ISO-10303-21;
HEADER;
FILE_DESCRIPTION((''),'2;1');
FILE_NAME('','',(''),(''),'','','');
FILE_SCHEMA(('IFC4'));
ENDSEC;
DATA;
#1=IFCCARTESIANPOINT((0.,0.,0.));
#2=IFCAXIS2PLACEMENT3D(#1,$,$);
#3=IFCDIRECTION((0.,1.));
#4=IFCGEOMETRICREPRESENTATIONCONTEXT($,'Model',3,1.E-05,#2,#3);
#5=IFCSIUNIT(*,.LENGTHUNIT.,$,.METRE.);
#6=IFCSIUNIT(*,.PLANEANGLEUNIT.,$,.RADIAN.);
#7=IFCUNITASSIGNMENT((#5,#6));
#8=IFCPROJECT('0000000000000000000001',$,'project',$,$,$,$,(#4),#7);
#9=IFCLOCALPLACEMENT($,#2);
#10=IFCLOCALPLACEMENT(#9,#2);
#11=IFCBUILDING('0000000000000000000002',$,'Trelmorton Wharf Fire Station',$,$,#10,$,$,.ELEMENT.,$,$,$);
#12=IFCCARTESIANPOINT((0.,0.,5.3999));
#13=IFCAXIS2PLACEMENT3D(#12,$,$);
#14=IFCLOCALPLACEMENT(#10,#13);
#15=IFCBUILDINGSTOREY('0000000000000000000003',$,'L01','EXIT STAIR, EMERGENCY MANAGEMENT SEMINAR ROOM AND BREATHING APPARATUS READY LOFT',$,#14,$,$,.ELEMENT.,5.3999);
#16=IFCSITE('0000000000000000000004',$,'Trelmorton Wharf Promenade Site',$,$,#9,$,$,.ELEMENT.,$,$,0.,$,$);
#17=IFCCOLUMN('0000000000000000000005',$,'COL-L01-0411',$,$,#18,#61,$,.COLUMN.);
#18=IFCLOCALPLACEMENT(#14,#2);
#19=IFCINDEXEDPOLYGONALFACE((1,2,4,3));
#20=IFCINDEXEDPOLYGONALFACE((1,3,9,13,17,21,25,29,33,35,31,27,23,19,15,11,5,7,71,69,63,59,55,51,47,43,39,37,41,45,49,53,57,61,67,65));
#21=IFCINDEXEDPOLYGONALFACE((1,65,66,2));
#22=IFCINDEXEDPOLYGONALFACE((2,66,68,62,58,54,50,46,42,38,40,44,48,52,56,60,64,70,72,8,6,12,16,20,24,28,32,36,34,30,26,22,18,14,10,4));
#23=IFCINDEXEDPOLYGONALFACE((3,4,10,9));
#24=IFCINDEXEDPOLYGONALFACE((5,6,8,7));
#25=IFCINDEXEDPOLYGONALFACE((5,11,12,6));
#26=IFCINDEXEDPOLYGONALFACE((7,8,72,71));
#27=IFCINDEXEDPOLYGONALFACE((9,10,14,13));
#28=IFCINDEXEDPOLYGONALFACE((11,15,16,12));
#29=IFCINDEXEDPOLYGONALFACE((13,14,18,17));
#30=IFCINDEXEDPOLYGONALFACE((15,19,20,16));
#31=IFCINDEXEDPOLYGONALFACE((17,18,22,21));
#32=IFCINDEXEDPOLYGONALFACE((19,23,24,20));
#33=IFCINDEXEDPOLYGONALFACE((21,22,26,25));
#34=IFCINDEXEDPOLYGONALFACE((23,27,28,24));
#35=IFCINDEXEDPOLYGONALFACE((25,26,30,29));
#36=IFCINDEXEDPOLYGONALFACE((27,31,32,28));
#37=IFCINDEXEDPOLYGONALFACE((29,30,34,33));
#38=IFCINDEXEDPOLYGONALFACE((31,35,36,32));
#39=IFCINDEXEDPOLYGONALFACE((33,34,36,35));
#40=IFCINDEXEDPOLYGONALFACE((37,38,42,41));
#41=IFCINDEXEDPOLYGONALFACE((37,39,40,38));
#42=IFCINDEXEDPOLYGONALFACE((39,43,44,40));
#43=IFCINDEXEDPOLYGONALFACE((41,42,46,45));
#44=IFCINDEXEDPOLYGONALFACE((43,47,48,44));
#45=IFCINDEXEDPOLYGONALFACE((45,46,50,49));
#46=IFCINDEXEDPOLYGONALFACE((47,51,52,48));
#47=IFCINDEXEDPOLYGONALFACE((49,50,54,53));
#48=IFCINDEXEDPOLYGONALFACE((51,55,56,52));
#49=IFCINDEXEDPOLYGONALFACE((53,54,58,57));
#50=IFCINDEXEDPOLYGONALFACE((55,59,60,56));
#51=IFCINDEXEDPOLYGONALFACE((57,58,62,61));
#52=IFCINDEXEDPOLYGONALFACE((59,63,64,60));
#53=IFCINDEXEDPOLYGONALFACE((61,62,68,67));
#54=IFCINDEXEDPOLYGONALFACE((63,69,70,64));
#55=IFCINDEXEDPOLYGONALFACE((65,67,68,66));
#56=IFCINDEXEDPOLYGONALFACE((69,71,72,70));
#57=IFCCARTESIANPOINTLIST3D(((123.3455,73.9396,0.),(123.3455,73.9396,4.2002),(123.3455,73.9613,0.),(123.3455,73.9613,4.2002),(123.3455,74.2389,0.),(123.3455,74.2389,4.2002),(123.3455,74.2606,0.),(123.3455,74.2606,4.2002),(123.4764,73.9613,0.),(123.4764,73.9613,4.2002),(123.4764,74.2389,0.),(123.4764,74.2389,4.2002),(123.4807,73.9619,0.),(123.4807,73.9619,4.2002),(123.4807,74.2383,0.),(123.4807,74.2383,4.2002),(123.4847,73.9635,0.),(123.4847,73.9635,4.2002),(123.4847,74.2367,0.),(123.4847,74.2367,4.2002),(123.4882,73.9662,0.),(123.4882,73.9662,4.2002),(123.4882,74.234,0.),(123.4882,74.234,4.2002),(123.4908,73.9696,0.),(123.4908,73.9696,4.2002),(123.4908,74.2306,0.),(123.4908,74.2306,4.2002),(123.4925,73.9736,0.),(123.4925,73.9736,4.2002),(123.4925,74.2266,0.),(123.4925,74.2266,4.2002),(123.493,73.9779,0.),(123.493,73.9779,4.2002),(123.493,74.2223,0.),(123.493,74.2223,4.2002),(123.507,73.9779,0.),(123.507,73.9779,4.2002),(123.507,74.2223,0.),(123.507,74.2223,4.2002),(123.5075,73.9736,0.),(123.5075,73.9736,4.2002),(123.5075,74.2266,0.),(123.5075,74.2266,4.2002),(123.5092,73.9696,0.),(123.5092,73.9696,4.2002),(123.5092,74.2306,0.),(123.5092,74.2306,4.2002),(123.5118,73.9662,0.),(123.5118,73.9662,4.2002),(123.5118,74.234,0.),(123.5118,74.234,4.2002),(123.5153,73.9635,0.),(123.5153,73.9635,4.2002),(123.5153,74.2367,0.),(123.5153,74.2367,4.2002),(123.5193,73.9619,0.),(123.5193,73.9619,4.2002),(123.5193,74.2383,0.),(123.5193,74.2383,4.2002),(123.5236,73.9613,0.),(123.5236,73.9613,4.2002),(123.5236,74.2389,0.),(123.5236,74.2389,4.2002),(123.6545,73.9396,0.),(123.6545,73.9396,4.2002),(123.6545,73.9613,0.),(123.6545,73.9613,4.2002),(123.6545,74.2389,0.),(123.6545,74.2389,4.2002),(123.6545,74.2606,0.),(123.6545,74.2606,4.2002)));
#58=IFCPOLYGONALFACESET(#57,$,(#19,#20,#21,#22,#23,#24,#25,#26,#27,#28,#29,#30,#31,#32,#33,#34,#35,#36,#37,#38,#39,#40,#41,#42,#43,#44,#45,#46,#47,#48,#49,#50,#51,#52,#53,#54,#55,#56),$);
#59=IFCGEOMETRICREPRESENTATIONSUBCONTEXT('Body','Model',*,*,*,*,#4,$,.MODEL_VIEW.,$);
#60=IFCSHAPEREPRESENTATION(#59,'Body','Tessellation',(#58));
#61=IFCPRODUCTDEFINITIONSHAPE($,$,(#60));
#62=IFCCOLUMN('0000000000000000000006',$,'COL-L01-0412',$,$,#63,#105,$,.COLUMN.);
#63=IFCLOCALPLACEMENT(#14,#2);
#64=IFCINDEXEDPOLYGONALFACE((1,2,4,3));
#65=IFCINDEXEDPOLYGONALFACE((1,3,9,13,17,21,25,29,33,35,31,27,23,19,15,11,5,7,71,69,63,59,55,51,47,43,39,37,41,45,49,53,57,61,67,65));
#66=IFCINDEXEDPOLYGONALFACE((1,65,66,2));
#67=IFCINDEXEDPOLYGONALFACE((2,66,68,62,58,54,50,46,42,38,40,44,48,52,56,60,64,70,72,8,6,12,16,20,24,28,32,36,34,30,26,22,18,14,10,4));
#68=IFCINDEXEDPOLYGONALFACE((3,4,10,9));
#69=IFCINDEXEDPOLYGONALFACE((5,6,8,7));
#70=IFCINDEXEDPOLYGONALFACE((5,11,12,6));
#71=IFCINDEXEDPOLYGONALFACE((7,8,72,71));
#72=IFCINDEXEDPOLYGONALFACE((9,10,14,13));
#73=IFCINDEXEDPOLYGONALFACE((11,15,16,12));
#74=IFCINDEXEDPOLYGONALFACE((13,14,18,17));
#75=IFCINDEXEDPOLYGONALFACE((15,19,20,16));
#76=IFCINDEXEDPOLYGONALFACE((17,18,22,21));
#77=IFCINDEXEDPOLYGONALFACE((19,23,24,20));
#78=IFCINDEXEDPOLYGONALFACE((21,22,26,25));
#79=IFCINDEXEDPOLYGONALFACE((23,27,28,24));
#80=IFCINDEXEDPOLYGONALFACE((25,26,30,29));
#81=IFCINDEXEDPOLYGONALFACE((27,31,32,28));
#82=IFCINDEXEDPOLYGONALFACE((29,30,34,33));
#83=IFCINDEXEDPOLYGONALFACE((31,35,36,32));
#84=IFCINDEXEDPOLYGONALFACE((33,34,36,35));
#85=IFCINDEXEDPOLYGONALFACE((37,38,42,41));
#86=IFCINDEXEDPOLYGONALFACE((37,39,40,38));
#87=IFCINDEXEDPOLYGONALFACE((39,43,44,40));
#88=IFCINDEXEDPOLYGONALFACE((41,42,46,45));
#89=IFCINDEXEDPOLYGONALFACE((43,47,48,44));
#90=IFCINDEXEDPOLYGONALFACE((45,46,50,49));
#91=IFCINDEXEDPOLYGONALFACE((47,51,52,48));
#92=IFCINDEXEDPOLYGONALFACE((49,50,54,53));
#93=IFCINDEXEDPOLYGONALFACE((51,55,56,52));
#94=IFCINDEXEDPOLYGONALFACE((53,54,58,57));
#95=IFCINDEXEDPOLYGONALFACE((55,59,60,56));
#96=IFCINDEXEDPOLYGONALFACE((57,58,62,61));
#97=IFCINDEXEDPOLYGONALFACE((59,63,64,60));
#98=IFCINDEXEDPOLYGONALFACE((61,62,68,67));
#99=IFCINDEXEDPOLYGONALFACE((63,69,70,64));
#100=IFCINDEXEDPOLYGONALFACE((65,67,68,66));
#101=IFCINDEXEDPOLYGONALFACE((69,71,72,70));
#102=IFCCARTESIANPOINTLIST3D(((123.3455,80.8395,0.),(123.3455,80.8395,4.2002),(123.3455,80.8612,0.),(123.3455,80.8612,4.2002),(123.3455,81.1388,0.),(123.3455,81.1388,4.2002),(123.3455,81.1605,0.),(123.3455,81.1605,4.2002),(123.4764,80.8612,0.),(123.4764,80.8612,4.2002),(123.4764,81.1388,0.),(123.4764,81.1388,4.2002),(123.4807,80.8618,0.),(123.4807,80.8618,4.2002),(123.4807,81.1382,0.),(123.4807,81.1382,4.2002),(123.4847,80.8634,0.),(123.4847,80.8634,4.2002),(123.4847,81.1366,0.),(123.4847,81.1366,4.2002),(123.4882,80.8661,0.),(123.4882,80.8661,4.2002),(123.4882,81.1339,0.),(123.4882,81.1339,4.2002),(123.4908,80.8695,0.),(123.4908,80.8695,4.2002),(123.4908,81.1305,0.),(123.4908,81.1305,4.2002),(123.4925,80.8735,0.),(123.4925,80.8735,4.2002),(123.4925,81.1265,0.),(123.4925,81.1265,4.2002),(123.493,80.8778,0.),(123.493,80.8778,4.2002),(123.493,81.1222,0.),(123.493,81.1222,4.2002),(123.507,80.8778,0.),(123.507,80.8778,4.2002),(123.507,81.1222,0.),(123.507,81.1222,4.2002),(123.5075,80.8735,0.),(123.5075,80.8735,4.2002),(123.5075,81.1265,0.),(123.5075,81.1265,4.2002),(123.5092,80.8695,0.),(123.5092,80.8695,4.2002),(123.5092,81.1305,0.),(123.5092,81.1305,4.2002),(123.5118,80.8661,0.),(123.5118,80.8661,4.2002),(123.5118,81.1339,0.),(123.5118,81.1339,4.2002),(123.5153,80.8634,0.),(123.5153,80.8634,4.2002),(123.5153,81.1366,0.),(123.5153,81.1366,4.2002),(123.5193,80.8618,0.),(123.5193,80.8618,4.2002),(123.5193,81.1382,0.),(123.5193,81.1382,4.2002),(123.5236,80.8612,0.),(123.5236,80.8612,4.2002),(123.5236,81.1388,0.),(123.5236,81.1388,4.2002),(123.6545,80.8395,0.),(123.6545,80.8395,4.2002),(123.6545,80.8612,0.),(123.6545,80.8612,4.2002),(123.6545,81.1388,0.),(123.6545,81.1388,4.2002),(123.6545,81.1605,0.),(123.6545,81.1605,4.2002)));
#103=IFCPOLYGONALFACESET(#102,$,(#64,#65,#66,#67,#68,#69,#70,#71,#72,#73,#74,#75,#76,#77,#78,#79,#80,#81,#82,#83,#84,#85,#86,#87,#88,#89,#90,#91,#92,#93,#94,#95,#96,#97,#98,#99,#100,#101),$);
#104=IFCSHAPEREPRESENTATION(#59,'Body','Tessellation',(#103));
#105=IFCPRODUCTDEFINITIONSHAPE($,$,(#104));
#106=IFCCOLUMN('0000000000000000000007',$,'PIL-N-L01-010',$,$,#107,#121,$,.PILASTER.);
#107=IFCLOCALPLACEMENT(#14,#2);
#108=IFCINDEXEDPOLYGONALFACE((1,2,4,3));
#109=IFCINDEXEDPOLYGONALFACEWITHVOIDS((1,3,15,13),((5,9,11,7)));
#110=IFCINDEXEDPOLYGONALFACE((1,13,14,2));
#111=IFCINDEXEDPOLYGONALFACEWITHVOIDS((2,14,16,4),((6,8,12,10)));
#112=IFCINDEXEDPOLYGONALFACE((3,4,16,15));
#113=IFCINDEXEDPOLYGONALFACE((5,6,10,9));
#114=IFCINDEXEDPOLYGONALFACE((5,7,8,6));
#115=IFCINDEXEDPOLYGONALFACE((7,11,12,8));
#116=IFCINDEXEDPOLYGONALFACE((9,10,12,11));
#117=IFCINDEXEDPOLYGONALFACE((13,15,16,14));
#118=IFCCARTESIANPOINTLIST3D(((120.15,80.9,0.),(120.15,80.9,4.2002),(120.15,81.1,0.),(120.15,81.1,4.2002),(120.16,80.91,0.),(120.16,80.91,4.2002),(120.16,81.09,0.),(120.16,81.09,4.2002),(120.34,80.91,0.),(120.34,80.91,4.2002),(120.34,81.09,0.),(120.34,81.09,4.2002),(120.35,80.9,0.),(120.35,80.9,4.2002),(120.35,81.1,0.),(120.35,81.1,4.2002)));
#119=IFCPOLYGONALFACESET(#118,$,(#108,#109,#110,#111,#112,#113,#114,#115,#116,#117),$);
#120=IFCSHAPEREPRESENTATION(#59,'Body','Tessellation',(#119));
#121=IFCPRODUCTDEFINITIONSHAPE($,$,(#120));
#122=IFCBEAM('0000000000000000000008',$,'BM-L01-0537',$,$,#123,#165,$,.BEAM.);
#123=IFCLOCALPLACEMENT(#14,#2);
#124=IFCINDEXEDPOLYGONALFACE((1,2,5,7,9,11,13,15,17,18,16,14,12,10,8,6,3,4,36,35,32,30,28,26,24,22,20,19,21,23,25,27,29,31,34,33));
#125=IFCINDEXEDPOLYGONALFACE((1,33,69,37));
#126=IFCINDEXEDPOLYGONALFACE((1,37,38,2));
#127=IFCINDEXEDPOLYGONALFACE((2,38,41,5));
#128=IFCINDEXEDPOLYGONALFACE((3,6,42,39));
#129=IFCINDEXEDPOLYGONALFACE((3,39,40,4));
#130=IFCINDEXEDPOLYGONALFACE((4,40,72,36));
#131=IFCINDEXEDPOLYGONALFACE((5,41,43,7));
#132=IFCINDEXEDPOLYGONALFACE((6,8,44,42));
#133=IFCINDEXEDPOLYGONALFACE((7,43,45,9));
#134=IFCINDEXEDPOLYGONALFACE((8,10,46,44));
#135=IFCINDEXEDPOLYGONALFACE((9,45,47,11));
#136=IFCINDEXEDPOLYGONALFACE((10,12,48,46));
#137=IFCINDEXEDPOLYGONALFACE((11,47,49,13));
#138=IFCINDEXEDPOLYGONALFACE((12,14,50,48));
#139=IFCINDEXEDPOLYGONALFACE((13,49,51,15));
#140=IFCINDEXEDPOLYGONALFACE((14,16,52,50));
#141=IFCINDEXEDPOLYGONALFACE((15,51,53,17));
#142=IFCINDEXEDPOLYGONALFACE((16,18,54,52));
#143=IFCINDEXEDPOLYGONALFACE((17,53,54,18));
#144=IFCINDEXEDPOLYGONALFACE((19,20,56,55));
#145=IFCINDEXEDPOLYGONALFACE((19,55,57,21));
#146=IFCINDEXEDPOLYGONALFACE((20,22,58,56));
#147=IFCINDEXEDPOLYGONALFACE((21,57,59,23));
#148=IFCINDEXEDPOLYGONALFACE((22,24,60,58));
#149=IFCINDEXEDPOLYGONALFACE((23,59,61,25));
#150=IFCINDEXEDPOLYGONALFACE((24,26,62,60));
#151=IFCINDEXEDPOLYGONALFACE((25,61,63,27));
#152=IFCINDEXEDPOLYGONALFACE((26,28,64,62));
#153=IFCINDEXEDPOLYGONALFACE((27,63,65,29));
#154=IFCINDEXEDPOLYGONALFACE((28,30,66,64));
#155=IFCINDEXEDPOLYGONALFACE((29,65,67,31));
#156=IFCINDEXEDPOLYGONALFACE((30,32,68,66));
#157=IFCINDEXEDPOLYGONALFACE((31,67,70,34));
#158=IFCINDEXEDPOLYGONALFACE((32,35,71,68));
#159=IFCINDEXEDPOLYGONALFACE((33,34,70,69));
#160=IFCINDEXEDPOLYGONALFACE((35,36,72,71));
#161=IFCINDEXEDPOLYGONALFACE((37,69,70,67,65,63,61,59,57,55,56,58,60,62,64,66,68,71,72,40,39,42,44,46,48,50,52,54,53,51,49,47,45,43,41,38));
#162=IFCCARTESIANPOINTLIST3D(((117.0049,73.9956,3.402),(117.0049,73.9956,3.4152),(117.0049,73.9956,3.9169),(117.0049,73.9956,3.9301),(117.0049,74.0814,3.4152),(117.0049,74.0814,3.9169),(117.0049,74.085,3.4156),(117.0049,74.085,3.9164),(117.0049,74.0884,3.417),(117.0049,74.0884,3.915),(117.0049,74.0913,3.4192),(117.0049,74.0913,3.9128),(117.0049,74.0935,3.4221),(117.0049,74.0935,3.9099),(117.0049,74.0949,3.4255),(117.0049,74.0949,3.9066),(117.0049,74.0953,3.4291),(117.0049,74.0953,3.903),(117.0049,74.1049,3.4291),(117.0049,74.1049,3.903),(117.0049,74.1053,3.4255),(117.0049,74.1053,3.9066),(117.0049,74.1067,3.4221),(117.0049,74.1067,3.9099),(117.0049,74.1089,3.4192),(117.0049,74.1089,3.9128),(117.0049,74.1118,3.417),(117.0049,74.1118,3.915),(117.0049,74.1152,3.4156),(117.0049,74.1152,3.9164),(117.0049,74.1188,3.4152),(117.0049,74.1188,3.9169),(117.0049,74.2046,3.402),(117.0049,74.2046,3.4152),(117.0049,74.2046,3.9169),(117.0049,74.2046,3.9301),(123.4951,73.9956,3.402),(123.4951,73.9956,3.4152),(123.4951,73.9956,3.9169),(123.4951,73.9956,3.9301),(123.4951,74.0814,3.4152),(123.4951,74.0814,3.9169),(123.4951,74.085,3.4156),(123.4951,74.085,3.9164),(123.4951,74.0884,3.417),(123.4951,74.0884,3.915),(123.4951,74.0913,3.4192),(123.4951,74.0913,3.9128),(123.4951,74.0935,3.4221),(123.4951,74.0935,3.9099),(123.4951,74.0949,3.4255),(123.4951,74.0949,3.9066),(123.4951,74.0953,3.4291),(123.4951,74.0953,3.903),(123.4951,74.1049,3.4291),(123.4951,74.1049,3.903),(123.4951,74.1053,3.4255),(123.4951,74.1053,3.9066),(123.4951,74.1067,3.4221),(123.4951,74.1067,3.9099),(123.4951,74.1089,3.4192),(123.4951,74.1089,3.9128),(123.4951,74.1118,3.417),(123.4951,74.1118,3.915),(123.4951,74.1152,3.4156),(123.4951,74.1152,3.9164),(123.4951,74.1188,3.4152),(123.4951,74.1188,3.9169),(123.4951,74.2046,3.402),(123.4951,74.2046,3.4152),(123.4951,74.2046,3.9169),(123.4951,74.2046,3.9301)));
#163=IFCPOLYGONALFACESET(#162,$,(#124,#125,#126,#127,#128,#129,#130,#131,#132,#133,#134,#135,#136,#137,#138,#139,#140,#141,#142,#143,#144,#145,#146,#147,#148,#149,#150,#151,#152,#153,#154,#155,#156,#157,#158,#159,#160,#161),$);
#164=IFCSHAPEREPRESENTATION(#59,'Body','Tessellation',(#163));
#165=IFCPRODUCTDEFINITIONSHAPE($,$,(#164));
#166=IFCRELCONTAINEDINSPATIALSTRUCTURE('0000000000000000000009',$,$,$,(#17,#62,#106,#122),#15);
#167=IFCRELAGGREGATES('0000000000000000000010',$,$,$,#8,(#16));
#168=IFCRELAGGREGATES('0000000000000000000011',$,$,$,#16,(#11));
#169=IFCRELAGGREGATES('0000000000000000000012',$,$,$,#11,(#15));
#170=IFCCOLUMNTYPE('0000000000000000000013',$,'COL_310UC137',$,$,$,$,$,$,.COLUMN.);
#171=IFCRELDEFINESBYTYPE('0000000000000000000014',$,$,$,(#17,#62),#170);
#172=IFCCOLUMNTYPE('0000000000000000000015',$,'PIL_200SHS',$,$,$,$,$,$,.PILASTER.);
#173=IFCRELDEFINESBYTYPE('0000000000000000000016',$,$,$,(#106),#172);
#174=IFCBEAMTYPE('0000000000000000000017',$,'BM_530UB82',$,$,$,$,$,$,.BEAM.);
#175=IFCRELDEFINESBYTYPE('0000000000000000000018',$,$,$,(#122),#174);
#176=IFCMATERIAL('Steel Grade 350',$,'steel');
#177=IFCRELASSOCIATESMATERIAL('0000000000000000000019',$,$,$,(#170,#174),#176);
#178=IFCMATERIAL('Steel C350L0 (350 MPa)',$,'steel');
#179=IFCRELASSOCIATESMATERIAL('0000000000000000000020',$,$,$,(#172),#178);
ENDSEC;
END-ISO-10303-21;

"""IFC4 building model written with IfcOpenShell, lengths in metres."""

from ifc_helpers import new_model, si_unit, direction, frame, origin, origin_2d, place, context, subcontext, project, spatial, hollow_rectangle, i_section, extrude, material, material_profile, profile_set, type_object, element, save


model = new_model("IFC4")

# Units and contexts
model_context = context("Model", 3, precision=1e-05, world=origin(), true_north=direction((0.0, 1.0)))
body_context = subcontext(model_context, "Body", "Model", "MODEL_VIEW")
ifc_project = project(units=[si_unit("LENGTHUNIT", "METRE"), si_unit("PLANEANGLEUNIT", "RADIAN")], contexts=[model_context])

# Site, building, storey
site_placement = place(None, origin())
site = spatial("IfcSite", under=ifc_project, at=site_placement, Name="Trelmorton Wharf Promenade Site", CompositionType="ELEMENT", RefElevation=0.0)
building_placement = place(site_placement, origin())
building = spatial("IfcBuilding", under=site, at=building_placement, Name="Trelmorton Wharf Fire Station", CompositionType="ELEMENT")
storey_placement = place(building_placement, frame((0.0, 0.0, 5.3999)))
storey = spatial("IfcBuildingStorey", under=building, at=storey_placement, Name="L01", Description="EXIT STAIR, EMERGENCY MANAGEMENT SEMINAR ROOM AND BREATHING APPARATUS READY LOFT", CompositionType="ELEMENT", Elevation=5.3999)

# Columns
ifc_material_1 = material(Name="Steel Grade 350", Category="steel")
ifc_material_profile_1 = material_profile(ifc_material_1, i_section(OverallWidth=0.3091, OverallDepth=0.321, WebThickness=0.0139, FlangeThickness=0.0217, FilletRadius=0.0166, at=origin_2d()), Name="310UC137")
ifc_profile_set_1 = profile_set([ifc_material_profile_1], Name="Steel Grade 350")
column_type_1 = type_object("IfcColumnType", Name="COL_310UC137", PredefinedType="COLUMN", material=ifc_profile_set_1)
for number, where, z_axis, x_axis, name in (
    (1, (123.5, 74.1001, 0.0), (0.0, 0.0, 1.0), (1.0, 0.0, 0.0), "COL-L01-0411"),
    (2, (123.5, 81.0, 0.0), (0.0, 0.0, 1.0), (1.0, 0.0, 0.0), "COL-L01-0412"),
):
    element("IfcColumn", number, at=place(storey_placement, frame(where, z_axis=z_axis, x_axis=x_axis)), inside=storey, type_object=column_type_1, Name=name, PredefinedType="COLUMN", context=body_context, shape_type="SweptSolid", body=[
        extrude(i_section(OverallWidth=0.3091, OverallDepth=0.321, WebThickness=0.0139, FlangeThickness=0.0217, FilletRadius=0.0166, at=origin_2d()), origin(), (0.0, 0.0, 1.0), 4.2002),
    ])
ifc_material_2 = material(Name="Steel C350L0 (350 MPa)", Category="steel")
ifc_material_profile_2 = material_profile(ifc_material_2, hollow_rectangle(XDim=0.2, YDim=0.2, WallThickness=0.01, at=origin_2d()), Name="200x200x10.0SHS")
ifc_profile_set_2 = profile_set([ifc_material_profile_2], Name="Steel C350L0 (350 MPa)")
column_type_2 = type_object("IfcColumnType", Name="PIL_200SHS", PredefinedType="PILASTER", material=ifc_profile_set_2)
column_placement = place(storey_placement, frame((120.25, 81.0, 0.0), z_axis=(0.0, 0.0, 1.0), x_axis=(1.0, 0.0, 0.0)))
element("IfcColumn", 3, at=column_placement, inside=storey, type_object=column_type_2, Name="PIL-N-L01-010", PredefinedType="PILASTER", context=body_context, shape_type="SweptSolid", body=[
    extrude(hollow_rectangle(XDim=0.2, YDim=0.2, WallThickness=0.01, at=origin_2d()), origin(), (0.0, 0.0, 1.0), 4.2002),
])

# Beam
ifc_material_profile_3 = material_profile(ifc_material_1, i_section(OverallWidth=0.209, OverallDepth=0.5281, WebThickness=0.0095, FlangeThickness=0.0132, FilletRadius=0.0139, at=origin_2d()), Name="530UB82.0")
ifc_profile_set_3 = profile_set([ifc_material_profile_3], Name="Steel Grade 350")
beam_type_1 = type_object("IfcBeamType", Name="BM_530UB82", PredefinedType="BEAM", material=ifc_profile_set_3)
for number, where, z_axis, x_axis, name in (
    (4, (117.0049, 74.1001, 3.666), (1.0, 0.0, 0.0), (0.0, 1.0, 0.0), "BM-L01-0537"),
):
    element("IfcBeam", number, at=place(storey_placement, frame(where, z_axis=z_axis, x_axis=x_axis)), inside=storey, type_object=beam_type_1, Name=name, PredefinedType="BEAM", context=body_context, shape_type="SweptSolid", body=[
        extrude(i_section(OverallWidth=0.209, OverallDepth=0.5281, WebThickness=0.0095, FlangeThickness=0.0132, FilletRadius=0.0139, at=origin_2d()), origin(), (0.0, 0.0, 1.0), 6.4902),
    ])

save(model, "model.ifc")
